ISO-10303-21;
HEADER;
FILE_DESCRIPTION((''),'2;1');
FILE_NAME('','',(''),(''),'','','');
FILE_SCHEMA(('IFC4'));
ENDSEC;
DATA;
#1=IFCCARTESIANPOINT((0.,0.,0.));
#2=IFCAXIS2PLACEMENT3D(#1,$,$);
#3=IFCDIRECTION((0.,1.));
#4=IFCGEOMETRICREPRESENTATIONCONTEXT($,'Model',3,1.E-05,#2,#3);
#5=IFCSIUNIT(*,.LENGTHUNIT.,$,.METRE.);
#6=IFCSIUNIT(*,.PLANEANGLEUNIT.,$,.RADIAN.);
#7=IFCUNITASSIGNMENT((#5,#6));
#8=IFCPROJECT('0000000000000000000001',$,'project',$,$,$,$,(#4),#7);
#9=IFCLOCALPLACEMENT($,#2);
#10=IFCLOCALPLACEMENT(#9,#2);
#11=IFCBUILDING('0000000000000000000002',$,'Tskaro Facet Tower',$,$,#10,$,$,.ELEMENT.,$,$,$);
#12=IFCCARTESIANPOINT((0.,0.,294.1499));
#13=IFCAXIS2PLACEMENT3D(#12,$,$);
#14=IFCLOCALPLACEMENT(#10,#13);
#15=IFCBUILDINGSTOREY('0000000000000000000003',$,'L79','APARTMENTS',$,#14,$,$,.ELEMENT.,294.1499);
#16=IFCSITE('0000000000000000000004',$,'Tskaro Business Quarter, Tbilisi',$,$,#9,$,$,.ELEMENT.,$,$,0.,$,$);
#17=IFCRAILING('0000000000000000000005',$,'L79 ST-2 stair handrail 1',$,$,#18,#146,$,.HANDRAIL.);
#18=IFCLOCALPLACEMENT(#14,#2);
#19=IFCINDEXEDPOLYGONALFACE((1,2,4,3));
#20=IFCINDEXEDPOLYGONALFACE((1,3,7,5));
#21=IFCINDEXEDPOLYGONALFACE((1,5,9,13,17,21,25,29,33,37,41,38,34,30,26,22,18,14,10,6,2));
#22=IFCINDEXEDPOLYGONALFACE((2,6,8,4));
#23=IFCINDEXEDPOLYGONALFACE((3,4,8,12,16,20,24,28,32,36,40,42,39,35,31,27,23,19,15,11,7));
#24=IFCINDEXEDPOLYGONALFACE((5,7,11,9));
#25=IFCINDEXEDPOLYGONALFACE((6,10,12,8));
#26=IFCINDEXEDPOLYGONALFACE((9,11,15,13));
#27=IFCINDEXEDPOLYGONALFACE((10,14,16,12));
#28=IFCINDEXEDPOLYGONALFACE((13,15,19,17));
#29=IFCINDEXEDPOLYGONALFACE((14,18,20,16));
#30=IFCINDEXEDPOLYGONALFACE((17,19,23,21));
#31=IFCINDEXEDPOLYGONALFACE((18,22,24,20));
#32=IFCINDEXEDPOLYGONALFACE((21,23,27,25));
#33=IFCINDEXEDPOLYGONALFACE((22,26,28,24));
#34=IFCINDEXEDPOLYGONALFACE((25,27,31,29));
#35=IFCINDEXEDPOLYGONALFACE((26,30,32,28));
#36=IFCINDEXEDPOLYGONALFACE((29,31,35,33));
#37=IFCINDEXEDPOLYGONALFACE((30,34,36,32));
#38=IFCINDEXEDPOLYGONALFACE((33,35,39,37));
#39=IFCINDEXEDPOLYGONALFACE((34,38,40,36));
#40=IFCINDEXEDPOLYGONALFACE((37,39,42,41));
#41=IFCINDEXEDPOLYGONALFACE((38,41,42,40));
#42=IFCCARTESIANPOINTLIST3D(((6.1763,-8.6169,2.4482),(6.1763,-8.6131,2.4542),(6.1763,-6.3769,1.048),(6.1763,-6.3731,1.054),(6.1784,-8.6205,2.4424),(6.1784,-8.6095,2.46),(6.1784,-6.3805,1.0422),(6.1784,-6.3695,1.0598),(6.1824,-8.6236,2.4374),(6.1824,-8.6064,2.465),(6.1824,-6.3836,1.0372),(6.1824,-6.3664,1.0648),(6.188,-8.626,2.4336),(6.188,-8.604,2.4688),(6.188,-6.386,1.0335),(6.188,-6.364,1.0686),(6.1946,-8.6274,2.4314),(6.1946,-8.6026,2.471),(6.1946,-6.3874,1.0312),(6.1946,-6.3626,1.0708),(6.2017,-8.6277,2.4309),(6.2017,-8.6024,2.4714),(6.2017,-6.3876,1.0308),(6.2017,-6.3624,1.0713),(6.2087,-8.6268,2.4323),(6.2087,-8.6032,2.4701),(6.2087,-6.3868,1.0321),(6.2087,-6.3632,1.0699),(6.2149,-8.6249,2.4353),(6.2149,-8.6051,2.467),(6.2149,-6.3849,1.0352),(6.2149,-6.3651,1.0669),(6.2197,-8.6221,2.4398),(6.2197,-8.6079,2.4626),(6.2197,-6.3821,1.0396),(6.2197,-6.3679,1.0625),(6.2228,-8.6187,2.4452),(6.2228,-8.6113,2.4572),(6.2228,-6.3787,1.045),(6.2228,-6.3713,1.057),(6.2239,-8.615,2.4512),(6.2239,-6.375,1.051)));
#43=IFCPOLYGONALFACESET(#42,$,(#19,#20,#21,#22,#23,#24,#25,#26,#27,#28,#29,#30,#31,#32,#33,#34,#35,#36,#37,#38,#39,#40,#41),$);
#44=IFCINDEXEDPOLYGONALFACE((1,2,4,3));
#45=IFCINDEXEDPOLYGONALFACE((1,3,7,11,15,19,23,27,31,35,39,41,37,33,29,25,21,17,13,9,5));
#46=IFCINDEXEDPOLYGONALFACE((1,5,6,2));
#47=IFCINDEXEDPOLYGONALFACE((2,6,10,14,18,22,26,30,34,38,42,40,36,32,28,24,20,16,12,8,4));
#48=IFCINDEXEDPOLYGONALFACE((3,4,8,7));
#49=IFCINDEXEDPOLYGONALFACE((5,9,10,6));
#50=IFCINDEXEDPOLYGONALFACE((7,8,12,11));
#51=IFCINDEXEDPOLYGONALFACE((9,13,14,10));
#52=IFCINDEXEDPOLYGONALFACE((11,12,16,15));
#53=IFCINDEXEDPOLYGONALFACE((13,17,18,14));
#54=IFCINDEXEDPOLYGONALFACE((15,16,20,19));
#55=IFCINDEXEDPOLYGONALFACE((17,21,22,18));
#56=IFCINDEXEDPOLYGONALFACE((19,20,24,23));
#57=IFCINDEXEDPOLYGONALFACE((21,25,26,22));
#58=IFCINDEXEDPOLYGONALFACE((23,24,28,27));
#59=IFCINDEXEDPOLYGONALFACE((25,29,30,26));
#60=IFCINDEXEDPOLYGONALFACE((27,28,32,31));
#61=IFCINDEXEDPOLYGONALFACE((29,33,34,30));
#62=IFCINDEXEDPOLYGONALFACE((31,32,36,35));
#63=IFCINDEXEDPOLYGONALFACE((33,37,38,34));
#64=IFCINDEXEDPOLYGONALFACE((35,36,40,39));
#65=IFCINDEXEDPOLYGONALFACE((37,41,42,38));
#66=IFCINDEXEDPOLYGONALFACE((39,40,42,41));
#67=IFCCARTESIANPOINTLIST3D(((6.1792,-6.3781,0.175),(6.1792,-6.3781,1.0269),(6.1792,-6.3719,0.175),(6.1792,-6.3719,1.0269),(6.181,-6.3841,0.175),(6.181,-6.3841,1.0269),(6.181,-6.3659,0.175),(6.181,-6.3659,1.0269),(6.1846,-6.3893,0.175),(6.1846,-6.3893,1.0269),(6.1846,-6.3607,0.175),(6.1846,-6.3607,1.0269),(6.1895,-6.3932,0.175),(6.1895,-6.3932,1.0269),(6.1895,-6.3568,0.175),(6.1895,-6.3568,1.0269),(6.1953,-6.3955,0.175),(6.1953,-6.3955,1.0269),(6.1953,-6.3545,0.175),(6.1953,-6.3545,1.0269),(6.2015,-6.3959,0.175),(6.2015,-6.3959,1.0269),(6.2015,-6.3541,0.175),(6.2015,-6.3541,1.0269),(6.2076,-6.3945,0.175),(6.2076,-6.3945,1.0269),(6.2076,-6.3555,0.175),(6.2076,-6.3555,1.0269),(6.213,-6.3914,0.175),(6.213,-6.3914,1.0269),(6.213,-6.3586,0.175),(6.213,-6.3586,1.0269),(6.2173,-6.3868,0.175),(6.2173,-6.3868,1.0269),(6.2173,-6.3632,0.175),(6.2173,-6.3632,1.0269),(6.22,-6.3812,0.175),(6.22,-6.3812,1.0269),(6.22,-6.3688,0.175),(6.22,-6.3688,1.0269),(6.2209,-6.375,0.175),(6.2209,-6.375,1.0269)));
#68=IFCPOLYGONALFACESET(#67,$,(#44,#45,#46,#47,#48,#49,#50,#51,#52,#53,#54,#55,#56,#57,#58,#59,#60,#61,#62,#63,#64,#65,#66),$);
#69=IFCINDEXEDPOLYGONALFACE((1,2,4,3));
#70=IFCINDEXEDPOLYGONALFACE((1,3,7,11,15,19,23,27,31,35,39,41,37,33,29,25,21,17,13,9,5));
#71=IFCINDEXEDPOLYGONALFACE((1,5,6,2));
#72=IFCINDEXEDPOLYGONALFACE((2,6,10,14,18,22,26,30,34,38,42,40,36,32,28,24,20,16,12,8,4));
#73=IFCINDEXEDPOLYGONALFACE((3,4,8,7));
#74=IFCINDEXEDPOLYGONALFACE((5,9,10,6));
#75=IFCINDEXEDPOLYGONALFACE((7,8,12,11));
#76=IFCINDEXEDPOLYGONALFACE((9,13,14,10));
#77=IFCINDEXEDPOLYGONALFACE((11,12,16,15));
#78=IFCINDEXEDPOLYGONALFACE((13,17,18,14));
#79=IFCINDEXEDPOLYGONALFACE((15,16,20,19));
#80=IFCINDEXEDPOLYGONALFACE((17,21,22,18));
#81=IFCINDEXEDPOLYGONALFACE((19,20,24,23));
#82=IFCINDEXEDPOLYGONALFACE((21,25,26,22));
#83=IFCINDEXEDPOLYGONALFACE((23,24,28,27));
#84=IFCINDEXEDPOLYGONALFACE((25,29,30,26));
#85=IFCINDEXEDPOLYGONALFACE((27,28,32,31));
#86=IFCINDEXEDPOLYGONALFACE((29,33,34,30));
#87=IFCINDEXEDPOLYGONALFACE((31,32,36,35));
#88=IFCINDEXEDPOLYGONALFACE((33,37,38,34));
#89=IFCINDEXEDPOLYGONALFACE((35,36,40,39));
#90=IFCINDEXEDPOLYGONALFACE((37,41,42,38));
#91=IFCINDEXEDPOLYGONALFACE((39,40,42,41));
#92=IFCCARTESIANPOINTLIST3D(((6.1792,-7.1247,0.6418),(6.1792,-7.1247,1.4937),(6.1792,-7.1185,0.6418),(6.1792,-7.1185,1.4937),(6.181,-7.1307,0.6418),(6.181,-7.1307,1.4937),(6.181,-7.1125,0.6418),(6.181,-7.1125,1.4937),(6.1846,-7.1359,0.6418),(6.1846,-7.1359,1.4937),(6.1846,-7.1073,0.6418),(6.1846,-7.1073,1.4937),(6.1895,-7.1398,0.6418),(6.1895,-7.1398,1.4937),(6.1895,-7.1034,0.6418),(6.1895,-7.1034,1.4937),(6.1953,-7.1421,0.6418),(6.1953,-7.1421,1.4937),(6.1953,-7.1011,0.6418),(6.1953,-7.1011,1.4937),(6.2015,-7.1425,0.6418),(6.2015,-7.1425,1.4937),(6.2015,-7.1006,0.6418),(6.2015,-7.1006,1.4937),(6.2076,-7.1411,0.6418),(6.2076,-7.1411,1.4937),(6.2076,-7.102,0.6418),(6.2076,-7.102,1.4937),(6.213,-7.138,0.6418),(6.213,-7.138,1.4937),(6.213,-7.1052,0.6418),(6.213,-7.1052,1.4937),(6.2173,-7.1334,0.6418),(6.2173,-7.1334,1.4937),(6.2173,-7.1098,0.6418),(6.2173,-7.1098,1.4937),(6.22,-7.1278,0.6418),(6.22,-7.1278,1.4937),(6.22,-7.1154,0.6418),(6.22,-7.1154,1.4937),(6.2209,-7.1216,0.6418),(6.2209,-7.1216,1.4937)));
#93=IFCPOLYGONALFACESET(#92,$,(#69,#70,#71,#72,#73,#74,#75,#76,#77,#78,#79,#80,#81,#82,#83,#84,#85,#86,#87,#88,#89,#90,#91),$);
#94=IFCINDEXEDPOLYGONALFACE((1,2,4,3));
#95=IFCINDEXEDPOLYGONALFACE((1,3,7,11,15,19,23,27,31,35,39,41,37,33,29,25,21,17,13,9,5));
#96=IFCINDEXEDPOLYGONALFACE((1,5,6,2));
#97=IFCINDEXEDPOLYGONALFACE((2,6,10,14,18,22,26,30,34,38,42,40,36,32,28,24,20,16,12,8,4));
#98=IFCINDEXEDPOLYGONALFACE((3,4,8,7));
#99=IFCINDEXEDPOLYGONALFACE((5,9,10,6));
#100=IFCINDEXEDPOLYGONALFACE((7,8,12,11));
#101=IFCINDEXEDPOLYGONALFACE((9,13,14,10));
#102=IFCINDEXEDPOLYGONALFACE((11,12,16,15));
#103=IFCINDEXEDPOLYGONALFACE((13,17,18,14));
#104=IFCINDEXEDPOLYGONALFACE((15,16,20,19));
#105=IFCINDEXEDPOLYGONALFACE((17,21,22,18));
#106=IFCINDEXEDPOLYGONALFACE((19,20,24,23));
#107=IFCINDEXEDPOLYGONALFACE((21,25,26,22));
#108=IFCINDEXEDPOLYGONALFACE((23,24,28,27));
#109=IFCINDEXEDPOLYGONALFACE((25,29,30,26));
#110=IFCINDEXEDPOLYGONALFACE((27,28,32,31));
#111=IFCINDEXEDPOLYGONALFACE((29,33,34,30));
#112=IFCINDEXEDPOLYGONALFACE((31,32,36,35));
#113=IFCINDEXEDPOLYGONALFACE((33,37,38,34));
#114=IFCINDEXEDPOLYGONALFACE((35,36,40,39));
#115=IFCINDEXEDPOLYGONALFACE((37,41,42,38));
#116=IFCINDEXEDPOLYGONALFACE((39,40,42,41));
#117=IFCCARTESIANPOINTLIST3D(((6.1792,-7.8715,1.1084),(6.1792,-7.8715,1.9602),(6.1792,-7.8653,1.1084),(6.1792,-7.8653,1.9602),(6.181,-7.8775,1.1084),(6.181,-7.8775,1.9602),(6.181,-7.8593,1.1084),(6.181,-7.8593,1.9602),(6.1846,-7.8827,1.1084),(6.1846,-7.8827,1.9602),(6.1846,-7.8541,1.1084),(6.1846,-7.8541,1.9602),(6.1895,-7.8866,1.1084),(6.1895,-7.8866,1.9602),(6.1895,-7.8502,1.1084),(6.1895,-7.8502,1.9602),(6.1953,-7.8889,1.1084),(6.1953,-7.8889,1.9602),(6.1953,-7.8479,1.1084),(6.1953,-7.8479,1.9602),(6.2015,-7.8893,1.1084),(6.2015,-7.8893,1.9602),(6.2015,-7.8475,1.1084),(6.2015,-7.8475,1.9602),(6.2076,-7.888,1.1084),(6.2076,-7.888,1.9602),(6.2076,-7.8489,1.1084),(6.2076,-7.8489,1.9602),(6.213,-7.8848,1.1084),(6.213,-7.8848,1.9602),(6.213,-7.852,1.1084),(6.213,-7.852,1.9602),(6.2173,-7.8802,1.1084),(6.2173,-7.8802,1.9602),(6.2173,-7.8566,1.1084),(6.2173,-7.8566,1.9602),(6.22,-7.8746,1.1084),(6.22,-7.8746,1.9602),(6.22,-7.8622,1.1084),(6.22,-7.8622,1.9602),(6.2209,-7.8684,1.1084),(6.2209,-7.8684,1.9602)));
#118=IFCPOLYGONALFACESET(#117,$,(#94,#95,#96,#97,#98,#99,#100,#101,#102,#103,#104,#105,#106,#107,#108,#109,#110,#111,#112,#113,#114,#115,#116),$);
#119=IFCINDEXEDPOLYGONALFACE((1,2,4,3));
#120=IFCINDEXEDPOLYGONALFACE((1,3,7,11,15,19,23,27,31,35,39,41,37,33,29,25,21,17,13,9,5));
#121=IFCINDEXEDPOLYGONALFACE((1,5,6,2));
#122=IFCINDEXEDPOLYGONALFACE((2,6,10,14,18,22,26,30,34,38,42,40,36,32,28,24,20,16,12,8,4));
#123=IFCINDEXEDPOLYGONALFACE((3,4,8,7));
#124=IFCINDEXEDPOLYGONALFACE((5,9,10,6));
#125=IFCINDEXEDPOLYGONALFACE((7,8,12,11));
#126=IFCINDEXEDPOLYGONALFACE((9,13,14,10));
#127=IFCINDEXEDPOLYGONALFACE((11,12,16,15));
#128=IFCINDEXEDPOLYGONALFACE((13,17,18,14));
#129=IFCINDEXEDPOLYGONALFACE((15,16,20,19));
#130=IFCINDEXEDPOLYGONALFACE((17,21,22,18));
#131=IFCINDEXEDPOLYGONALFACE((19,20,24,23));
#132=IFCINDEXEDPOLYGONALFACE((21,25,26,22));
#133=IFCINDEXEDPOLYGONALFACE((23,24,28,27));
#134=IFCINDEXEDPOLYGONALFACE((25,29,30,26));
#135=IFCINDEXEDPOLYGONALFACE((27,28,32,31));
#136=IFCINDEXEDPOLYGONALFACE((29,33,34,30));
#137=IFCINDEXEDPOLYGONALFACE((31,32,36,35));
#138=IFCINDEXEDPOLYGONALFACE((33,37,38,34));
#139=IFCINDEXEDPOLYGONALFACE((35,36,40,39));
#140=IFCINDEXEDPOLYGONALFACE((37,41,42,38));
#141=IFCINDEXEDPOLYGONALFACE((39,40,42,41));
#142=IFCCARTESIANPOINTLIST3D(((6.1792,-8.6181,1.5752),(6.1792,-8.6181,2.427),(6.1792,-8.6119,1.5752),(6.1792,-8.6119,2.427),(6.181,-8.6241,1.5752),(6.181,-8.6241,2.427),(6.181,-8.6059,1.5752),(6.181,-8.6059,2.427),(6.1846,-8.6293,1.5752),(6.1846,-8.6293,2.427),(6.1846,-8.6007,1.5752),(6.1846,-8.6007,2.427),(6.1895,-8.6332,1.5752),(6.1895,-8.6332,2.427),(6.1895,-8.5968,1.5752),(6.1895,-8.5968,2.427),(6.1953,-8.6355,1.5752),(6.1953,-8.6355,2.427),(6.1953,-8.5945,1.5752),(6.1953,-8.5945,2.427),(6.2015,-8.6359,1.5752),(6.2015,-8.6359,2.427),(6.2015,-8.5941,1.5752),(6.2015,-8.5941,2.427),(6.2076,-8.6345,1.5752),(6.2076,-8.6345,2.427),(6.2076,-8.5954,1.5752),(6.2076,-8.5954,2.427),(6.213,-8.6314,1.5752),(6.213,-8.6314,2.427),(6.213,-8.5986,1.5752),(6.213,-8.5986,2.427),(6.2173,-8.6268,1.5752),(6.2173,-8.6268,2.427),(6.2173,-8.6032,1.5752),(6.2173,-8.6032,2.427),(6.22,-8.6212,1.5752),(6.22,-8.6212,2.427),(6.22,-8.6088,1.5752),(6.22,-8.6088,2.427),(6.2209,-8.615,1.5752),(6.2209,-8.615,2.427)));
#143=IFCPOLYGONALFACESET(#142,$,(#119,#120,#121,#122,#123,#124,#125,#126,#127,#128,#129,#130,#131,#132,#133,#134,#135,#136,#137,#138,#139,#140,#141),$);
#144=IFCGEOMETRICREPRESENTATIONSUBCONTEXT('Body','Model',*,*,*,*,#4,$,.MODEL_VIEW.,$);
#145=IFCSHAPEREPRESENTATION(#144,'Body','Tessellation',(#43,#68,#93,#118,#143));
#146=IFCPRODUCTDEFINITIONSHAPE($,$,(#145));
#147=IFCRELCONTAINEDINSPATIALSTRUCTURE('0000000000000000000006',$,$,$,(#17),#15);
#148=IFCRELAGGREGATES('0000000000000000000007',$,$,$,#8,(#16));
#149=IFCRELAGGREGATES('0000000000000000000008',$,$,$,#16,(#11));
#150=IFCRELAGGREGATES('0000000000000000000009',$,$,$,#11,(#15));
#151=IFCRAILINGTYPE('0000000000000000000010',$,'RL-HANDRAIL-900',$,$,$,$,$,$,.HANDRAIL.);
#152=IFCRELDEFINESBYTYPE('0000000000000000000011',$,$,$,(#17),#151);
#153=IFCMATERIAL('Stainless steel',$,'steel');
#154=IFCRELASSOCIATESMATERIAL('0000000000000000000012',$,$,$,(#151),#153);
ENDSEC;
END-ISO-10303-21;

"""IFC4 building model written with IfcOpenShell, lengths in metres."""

from ifc_helpers import new_model, si_unit, direction, frame, origin, origin_2d, place, context, subcontext, project, spatial, circle, extrude, material, type_object, element, save


model = new_model("IFC4")

# Units and contexts
model_context = context("Model", 3, precision=1e-05, world=origin(), true_north=direction((0.0, 1.0)))
body_context = subcontext(model_context, "Body", "Model", "MODEL_VIEW")
ifc_project = project(units=[si_unit("LENGTHUNIT", "METRE"), si_unit("PLANEANGLEUNIT", "RADIAN")], contexts=[model_context])

# Site, building, storey
site_placement = place(None, origin())
site = spatial("IfcSite", under=ifc_project, at=site_placement, Name="Tskaro Business Quarter, Tbilisi", CompositionType="ELEMENT", RefElevation=0.0)
building_placement = place(site_placement, origin())
building = spatial("IfcBuilding", under=site, at=building_placement, Name="Tskaro Facet Tower", CompositionType="ELEMENT")
storey_placement = place(building_placement, frame((0.0, 0.0, 294.1499)))
storey = spatial("IfcBuildingStorey", under=building, at=storey_placement, Name="L79", Description="APARTMENTS", CompositionType="ELEMENT", Elevation=294.1499)

# Railing
ifc_material_1 = material(Name="Stainless steel", Category="steel")
railing_type_1 = type_object("IfcRailingType", Name="RL-HANDRAIL-900", PredefinedType="HANDRAIL", material=ifc_material_1)
railing_1_placement = place(storey_placement, frame((6.2, -6.375, 0.175)))
element("IfcRailing", 1, at=railing_1_placement, inside=storey, type_object=railing_type_1, Name="L79 ST-2 stair handrail 1", PredefinedType="HANDRAIL", context=body_context, shape_type="SweptSolid", body=[
    extrude(circle(Radius=0.0239, at=origin_2d()), frame((0.0, 0.0, 0.876), z_axis=(0.0, -0.847972, 0.53004), x_axis=(1.0, 0.0, 0.0)), (0.0, 0.0, 1.0), 2.6416),
    extrude(circle(Radius=0.021, at=origin_2d()), origin(), (0.0, 0.0, 1.0), 0.8518),
    extrude(circle(Radius=0.021, at=origin_2d()), frame((0.0, -0.7466, 0.4668)), (0.0, 0.0, 1.0), 0.8518),
    extrude(circle(Radius=0.021, at=origin_2d()), frame((0.0, -1.4934, 0.9333)), (0.0, 0.0, 1.0), 0.8518),
    extrude(circle(Radius=0.021, at=origin_2d()), frame((0.0, -2.24, 1.4001)), (0.0, 0.0, 1.0), 0.8518),
])

save(model, "model.ifc")
